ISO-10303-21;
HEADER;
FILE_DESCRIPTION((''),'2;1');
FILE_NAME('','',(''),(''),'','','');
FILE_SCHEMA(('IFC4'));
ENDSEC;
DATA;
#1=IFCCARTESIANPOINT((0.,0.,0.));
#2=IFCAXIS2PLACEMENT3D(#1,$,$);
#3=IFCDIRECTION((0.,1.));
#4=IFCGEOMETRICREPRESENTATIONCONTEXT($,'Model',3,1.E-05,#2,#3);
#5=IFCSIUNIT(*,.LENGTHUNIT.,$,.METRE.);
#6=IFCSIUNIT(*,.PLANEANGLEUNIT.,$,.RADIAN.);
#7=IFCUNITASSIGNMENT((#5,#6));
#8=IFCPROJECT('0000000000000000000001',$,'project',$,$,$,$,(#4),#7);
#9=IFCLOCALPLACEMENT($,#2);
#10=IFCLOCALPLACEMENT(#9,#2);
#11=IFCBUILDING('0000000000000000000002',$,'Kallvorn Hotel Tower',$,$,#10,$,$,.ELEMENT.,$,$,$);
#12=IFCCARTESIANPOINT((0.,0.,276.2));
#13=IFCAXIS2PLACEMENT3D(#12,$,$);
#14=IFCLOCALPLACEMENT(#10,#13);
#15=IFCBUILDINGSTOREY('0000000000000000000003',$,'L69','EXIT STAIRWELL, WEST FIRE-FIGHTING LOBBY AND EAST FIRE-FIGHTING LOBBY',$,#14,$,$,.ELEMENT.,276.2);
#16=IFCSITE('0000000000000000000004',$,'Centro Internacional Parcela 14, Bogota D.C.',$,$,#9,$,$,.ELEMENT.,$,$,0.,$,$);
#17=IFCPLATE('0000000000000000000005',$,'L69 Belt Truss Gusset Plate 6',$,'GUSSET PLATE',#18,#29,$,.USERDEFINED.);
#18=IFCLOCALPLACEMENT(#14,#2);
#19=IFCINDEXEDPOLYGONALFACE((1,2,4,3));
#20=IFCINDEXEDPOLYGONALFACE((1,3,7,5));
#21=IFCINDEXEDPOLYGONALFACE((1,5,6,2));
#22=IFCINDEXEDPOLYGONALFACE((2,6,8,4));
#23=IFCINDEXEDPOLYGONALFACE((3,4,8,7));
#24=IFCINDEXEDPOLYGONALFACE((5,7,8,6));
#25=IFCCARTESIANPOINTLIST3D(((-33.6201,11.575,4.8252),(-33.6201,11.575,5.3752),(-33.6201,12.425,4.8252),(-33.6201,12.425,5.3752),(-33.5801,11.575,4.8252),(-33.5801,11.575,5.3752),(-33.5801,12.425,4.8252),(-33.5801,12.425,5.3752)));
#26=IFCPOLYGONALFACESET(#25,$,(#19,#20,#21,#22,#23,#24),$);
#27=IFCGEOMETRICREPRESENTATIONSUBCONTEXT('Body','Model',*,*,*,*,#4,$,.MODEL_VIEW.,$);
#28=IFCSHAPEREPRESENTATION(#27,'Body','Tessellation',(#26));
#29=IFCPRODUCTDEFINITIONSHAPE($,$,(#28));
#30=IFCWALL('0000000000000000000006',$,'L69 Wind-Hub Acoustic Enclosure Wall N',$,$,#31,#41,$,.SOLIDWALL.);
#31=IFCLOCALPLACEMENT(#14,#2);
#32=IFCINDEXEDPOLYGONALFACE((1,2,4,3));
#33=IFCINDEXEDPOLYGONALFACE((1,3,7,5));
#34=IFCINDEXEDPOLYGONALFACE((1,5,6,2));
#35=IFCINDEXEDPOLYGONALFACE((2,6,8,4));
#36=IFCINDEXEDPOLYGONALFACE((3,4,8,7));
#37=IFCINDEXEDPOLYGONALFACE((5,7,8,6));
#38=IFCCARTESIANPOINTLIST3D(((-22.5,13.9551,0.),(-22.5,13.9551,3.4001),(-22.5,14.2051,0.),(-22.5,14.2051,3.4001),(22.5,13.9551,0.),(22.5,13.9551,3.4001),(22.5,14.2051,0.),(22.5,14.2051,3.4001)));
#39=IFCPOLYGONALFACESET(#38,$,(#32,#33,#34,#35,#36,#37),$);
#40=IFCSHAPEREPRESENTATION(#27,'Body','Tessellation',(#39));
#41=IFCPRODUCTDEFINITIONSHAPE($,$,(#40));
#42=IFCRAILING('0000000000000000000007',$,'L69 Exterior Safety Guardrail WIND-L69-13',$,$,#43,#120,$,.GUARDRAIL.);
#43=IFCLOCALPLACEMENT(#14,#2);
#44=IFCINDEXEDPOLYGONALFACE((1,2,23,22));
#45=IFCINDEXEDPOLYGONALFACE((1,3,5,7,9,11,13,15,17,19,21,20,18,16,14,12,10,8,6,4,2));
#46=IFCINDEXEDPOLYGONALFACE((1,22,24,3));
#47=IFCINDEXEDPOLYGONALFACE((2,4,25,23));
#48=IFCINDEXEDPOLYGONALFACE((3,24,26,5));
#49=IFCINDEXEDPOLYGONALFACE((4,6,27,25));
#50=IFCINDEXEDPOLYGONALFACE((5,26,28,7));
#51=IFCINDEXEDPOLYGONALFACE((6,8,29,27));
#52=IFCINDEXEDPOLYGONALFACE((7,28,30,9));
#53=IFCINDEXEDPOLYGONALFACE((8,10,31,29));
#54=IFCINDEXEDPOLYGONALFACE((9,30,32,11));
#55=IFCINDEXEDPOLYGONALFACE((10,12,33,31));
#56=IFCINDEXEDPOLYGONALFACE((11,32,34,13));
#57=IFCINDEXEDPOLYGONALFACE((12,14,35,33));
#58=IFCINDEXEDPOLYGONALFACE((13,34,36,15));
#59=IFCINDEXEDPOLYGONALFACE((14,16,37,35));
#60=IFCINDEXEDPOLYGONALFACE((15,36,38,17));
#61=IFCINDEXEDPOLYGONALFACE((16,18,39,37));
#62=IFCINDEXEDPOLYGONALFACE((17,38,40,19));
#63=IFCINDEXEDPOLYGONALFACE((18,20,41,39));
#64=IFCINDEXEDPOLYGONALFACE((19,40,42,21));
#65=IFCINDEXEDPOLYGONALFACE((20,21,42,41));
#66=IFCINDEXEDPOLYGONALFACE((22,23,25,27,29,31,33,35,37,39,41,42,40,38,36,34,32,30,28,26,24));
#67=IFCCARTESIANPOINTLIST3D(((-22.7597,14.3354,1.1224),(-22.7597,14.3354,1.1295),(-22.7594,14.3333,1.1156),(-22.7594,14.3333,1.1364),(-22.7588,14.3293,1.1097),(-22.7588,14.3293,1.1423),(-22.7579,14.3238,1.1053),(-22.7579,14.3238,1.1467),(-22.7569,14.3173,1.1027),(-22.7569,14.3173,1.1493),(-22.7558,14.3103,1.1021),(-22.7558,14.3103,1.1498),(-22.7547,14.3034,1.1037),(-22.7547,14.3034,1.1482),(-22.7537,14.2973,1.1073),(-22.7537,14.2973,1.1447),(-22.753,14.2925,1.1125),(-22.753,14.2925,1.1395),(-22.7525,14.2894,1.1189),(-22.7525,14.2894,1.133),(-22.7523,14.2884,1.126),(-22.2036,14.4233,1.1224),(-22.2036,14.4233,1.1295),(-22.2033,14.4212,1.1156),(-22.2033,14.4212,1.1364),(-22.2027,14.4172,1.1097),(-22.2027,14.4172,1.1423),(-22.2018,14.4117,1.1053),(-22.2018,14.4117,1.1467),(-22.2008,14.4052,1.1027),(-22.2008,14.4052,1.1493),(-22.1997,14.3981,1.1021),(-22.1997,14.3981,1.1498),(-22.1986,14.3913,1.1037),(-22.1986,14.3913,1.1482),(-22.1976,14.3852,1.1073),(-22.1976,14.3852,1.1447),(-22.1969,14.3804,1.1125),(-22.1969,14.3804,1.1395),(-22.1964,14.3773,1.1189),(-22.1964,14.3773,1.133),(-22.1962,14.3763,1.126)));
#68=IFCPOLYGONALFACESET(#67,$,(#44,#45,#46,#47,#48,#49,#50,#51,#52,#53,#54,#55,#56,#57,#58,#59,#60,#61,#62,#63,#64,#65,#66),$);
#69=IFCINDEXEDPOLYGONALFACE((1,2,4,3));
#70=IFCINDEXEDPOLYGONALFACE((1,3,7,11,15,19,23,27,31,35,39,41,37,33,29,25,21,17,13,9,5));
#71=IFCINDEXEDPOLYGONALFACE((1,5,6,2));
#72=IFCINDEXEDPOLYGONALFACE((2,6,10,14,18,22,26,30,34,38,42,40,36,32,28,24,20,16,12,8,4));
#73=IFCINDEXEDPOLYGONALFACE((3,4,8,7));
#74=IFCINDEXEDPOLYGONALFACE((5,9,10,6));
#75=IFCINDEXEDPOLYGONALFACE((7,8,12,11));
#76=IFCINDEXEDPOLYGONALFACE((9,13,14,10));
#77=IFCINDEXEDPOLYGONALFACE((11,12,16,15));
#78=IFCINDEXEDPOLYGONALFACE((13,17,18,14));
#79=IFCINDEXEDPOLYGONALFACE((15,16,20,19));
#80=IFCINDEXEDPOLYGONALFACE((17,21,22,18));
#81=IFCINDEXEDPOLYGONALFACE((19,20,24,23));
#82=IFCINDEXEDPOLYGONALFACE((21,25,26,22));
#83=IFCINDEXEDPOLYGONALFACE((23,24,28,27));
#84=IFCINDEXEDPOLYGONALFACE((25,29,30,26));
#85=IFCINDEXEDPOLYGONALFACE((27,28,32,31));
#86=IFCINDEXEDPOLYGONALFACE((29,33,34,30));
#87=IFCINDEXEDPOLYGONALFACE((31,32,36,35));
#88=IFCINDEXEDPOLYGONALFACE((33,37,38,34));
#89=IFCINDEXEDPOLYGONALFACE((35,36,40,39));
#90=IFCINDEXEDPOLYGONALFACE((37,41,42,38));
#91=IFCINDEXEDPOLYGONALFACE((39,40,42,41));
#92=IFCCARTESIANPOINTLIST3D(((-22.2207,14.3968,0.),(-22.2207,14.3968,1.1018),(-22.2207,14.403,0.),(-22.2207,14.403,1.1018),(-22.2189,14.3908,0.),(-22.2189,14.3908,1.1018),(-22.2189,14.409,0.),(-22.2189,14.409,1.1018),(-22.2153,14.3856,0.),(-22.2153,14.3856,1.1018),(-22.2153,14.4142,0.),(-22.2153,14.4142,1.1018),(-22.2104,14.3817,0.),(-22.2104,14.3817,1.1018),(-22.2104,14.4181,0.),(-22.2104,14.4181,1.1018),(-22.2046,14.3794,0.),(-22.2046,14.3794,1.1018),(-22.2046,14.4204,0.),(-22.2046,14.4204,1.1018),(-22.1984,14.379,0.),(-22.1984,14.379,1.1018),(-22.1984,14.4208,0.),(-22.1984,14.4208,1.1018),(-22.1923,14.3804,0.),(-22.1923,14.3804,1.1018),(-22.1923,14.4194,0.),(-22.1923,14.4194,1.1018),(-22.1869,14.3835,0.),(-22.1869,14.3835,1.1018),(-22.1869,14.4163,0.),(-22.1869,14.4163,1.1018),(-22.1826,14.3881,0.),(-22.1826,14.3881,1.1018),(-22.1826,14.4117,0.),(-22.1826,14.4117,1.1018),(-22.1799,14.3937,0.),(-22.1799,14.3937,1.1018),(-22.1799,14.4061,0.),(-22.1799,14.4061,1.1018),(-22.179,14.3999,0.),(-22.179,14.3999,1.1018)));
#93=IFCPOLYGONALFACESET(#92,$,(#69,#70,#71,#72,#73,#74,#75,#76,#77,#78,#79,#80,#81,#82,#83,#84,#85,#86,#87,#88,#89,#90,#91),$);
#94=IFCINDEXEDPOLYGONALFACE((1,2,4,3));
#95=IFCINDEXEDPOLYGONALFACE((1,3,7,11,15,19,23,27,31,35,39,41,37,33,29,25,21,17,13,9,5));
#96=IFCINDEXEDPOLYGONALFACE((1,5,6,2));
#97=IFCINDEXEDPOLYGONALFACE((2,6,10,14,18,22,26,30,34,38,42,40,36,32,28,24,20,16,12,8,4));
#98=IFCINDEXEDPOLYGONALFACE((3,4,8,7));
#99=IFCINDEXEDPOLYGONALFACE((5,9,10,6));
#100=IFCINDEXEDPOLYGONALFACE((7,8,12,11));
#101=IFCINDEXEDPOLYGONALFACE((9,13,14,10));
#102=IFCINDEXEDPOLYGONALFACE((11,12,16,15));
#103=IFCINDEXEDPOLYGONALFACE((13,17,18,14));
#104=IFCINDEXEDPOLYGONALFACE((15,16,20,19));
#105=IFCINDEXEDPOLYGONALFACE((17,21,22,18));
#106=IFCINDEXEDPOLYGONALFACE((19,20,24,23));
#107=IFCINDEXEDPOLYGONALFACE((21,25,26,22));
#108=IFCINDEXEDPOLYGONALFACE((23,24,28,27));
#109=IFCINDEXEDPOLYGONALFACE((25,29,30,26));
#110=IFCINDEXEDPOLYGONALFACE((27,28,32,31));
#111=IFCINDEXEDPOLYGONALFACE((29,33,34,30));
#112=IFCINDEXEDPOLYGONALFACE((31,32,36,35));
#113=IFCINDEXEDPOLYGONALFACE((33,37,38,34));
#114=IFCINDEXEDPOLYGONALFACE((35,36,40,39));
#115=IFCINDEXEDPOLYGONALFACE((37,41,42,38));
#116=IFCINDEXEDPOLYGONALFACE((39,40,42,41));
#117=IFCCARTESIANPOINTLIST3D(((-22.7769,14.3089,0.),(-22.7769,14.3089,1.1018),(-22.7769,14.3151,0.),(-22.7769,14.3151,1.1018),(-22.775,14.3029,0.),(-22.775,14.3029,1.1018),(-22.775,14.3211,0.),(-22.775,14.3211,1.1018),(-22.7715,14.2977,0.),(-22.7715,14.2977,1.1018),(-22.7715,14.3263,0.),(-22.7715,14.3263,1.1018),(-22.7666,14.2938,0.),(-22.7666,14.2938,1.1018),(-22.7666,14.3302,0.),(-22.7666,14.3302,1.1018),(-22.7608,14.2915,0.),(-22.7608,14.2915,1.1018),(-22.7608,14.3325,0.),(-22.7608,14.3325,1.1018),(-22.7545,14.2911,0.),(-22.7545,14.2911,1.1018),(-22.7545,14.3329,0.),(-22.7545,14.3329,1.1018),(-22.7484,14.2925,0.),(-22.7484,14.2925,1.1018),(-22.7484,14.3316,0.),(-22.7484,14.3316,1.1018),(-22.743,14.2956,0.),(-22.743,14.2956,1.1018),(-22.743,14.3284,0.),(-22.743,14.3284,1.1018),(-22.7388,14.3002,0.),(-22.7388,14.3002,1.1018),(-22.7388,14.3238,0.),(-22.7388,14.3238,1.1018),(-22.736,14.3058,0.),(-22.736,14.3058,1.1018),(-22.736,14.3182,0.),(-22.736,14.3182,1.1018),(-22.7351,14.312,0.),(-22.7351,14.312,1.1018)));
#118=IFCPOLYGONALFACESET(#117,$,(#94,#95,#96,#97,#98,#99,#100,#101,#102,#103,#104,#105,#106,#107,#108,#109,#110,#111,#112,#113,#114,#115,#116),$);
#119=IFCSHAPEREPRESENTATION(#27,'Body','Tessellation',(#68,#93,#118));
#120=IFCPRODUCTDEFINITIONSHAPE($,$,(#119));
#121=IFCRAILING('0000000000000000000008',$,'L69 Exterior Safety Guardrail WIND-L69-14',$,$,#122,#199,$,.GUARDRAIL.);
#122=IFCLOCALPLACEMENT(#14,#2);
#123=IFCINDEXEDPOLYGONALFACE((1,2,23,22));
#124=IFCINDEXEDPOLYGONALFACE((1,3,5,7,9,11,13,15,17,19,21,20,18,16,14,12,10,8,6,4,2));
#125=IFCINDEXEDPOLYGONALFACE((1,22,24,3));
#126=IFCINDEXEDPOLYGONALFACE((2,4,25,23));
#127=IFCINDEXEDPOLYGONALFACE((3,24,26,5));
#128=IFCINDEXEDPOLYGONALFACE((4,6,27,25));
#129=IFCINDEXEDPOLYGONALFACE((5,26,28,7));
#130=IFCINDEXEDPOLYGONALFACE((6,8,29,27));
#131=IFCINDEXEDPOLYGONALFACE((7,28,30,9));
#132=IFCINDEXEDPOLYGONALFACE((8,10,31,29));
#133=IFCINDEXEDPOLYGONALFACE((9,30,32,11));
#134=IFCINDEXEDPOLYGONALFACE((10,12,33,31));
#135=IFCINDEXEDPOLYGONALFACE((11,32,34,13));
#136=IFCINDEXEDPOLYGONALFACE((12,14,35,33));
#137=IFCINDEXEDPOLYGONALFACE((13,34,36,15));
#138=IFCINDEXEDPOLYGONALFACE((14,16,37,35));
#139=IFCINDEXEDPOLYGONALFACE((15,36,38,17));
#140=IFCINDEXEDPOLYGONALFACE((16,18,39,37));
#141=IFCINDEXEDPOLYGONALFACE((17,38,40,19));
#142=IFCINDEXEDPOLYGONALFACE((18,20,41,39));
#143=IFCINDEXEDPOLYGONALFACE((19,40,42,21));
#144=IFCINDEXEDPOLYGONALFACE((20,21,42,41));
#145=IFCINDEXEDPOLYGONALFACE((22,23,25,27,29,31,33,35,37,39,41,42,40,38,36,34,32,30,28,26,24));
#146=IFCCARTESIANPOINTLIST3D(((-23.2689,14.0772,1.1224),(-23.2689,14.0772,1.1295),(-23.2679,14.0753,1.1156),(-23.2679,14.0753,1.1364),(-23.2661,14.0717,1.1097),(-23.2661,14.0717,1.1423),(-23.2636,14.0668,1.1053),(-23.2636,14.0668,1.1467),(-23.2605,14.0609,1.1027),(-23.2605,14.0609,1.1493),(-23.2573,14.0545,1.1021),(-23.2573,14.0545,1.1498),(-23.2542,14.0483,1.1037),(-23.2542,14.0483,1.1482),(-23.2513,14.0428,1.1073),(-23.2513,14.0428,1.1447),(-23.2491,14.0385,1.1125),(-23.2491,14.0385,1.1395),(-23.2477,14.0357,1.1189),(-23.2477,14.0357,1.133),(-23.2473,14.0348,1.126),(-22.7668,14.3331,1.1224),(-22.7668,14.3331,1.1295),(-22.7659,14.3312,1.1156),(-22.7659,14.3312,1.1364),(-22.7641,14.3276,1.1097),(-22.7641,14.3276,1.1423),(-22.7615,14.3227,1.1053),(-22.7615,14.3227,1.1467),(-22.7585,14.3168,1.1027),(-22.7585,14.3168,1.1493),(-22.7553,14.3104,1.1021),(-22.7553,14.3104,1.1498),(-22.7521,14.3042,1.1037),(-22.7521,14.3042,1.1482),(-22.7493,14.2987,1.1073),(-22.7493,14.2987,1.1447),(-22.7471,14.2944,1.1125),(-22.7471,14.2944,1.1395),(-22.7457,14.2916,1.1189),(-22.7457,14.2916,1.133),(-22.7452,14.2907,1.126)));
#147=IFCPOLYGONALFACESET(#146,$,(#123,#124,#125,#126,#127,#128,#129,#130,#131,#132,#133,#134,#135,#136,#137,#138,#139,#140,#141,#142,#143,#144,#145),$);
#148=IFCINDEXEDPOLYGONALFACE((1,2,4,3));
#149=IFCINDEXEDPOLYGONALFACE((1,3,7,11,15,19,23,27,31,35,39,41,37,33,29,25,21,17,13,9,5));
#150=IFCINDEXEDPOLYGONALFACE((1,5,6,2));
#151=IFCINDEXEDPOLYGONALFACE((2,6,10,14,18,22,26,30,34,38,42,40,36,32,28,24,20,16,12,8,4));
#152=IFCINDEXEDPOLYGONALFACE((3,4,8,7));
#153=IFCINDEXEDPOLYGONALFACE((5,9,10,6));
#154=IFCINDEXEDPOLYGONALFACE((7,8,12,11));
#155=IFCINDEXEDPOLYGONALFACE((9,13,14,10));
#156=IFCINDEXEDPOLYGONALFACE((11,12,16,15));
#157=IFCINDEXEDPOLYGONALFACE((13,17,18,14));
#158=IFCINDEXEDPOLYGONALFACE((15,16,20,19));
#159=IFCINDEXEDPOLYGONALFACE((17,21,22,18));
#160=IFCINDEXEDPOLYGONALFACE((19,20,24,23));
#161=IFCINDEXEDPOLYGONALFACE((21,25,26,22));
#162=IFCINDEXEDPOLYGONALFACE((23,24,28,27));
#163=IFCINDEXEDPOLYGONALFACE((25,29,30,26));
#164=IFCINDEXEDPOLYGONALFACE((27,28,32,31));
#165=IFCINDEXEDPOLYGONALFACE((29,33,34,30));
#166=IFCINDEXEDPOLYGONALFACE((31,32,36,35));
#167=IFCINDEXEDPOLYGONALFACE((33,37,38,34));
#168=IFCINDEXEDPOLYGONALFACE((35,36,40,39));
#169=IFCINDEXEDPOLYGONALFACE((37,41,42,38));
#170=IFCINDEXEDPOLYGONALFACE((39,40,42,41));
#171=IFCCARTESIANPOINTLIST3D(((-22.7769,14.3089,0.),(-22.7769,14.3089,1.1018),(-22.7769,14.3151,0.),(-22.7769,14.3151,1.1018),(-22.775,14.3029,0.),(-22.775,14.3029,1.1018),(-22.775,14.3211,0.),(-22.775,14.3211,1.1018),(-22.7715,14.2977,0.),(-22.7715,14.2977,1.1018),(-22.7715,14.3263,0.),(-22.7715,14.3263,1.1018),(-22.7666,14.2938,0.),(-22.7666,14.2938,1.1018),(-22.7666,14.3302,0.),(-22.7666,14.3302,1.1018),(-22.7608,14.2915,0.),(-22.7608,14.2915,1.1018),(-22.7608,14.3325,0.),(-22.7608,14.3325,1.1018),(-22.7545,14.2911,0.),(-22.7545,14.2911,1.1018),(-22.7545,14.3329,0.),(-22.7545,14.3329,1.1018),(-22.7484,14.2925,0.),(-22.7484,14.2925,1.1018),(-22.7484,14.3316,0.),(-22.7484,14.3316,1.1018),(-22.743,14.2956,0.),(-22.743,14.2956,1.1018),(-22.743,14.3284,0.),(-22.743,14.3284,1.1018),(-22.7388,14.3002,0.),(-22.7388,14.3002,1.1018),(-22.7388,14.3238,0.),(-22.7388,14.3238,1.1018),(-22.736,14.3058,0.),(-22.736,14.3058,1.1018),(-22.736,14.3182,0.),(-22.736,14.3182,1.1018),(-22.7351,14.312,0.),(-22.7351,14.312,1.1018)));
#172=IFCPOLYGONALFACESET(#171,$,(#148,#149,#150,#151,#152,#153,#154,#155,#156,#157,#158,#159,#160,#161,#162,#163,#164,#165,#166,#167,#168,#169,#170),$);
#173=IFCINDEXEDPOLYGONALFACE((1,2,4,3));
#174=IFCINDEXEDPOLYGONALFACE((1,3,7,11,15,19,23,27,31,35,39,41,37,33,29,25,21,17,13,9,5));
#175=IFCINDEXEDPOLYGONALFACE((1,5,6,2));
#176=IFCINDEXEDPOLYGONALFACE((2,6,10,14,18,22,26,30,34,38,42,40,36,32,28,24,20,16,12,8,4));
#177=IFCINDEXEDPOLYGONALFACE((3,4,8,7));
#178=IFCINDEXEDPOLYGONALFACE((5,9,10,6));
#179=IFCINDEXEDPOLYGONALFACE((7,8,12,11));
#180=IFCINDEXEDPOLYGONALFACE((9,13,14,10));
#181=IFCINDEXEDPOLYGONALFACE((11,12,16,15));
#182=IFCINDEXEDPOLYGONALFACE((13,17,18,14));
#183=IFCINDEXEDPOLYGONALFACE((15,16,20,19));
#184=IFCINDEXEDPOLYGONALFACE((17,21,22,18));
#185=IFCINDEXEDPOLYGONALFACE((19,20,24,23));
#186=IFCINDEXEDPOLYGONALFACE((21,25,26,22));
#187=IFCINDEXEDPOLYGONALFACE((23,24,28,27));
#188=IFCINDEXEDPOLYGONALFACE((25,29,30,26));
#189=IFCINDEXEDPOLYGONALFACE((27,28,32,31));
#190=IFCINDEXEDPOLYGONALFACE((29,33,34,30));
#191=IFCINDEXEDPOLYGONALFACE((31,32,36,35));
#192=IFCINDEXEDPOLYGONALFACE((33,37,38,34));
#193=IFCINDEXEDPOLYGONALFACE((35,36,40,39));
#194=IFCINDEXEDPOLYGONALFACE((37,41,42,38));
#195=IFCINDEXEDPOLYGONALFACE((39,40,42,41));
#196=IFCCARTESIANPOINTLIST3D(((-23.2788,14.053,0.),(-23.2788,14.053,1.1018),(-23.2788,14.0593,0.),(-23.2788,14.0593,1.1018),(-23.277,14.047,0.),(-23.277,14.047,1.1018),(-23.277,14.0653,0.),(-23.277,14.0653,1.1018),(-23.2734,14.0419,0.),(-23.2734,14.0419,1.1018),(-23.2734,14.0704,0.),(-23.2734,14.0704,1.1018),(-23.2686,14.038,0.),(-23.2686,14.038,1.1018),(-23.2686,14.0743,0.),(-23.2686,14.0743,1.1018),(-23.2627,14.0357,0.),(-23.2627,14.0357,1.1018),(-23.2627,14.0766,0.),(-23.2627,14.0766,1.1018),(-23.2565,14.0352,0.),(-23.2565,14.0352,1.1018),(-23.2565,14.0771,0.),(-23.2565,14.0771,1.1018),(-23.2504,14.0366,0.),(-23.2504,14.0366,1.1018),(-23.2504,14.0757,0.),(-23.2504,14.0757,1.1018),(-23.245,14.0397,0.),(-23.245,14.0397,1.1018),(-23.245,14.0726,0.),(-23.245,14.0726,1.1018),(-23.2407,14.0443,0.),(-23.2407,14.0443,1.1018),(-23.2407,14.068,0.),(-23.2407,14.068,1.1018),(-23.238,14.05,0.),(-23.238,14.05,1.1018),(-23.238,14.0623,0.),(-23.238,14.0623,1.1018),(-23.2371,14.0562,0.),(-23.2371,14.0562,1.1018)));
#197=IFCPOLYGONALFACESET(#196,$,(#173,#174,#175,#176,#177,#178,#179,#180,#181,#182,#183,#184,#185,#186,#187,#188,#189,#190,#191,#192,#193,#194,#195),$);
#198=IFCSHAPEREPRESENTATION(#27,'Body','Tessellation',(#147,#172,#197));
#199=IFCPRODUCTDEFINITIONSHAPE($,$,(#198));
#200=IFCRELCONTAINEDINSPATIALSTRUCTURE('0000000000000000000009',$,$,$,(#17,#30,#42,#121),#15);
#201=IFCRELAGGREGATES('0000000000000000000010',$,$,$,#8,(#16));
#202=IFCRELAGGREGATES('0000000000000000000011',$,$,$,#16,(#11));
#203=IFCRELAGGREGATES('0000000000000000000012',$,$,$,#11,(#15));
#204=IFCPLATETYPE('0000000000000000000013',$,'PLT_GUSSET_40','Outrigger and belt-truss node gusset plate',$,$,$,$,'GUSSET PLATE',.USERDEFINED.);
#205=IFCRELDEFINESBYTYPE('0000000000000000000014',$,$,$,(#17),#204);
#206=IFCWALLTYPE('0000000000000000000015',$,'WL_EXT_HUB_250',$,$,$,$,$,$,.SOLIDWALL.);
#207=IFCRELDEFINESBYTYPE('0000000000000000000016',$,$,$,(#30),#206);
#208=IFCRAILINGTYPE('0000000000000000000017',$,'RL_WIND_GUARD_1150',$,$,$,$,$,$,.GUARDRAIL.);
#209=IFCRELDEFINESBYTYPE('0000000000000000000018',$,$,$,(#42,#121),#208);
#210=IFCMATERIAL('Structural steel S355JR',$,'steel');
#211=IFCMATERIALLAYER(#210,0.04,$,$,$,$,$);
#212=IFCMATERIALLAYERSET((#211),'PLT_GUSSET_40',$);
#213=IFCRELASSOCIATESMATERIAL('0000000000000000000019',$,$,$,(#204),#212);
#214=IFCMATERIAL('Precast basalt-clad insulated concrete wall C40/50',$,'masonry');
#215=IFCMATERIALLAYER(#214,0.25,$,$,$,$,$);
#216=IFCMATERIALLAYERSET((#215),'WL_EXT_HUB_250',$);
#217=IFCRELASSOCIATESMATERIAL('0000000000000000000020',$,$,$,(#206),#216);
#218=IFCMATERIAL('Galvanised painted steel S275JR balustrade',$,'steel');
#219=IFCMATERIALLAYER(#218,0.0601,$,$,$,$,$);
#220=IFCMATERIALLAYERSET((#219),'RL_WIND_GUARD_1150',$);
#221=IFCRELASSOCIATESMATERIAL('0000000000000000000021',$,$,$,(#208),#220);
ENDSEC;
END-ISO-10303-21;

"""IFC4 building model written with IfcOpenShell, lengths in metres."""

from ifc_helpers import new_model, si_unit, direction, frame, frame_2d, origin, origin_2d, place, context, subcontext, project, spatial, rectangle, circle, extrude, material, layer, layer_set, type_object, element, save


model = new_model("IFC4")

# Units and contexts
model_context = context("Model", 3, precision=1e-05, world=origin(), true_north=direction((0.0, 1.0)))
body_context = subcontext(model_context, "Body", "Model", "MODEL_VIEW")
ifc_project = project(units=[si_unit("LENGTHUNIT", "METRE"), si_unit("PLANEANGLEUNIT", "RADIAN")], contexts=[model_context])

# Site, building, storey
site_placement = place(None, origin())
site = spatial("IfcSite", under=ifc_project, at=site_placement, Name="Centro Internacional Parcela 14, Bogota D.C.", CompositionType="ELEMENT", RefElevation=0.0)
building_placement = place(site_placement, origin())
building = spatial("IfcBuilding", under=site, at=building_placement, Name="Kallvorn Hotel Tower", CompositionType="ELEMENT")
storey_placement = place(building_placement, frame((0.0, 0.0, 276.2)))
storey = spatial("IfcBuildingStorey", under=building, at=storey_placement, Name="L69", Description="EXIT STAIRWELL, WEST FIRE-FIGHTING LOBBY AND EAST FIRE-FIGHTING LOBBY", CompositionType="ELEMENT", Elevation=276.2)

# Plate
ifc_material_1 = material(Name="Structural steel S355JR", Category="steel")
ifc_layer_1 = layer(ifc_material_1, 0.04)
ifc_layer_set_1 = layer_set([ifc_layer_1], Name="PLT_GUSSET_40")
plate_type_1 = type_object("IfcPlateType", Name="PLT_GUSSET_40", Description="Outrigger and belt-truss node gusset plate", ElementType="GUSSET PLATE", PredefinedType="USERDEFINED", material=ifc_layer_set_1)
plate_placement = place(storey_placement, frame((-33.6001, 12.0, 4.8252), z_axis=(0.0, 0.0, 1.0), x_axis=(0.0, 1.0, 0.0)))
element("IfcPlate", 1, at=plate_placement, inside=storey, type_object=plate_type_1, Name="L69 Belt Truss Gusset Plate 6", ObjectType="GUSSET PLATE", PredefinedType="USERDEFINED", context=body_context, shape_type="SweptSolid", body=[
    extrude(rectangle(XDim=0.8501, YDim=0.04, at=origin_2d()), origin(), (0.0, 0.0, 1.0), 0.55),
])

# Wall
ifc_material_2 = material(Name="Precast basalt-clad insulated concrete wall C40/50", Category="masonry")
ifc_layer_2 = layer(ifc_material_2, 0.25)
ifc_layer_set_2 = layer_set([ifc_layer_2], Name="WL_EXT_HUB_250")
wall_type = type_object("IfcWallType", Name="WL_EXT_HUB_250", PredefinedType="SOLIDWALL", material=ifc_layer_set_2)
wall_placement = place(storey_placement, frame((-22.5, 14.0801, 0.0), z_axis=(0.0, 0.0, 1.0), x_axis=(1.0, 0.0, 0.0)))
element("IfcWall", 2, at=wall_placement, inside=storey, type_object=wall_type, Name="L69 Wind-Hub Acoustic Enclosure Wall N", PredefinedType="SOLIDWALL", context=body_context, shape_type="SweptSolid", body=[
    extrude(rectangle(XDim=45.0, YDim=0.25, at=frame_2d((22.5, 0.0))), origin(), (0.0, 0.0, 1.0), 3.4001),
])

# Railings
ifc_material_3 = material(Name="Galvanised painted steel S275JR balustrade", Category="steel")
ifc_layer_3 = layer(ifc_material_3, 0.0601)
ifc_layer_set_3 = layer_set([ifc_layer_3], Name="RL_WIND_GUARD_1150")
railing_type = type_object("IfcRailingType", Name="RL_WIND_GUARD_1150", PredefinedType="GUARDRAIL", material=ifc_layer_set_3)
railing_1_placement = place(storey_placement, frame((-22.2, 14.3999, 0.0)))
element("IfcRailing", 3, at=railing_1_placement, inside=storey, type_object=railing_type, Name="L69 Exterior Safety Guardrail WIND-L69-13", PredefinedType="GUARDRAIL", context=body_context, shape_type="SweptSolid", body=[
    extrude(circle(Radius=0.0239, at=origin_2d()), frame((0.0, 0.0, 1.126), z_axis=(-0.987742, -0.156096, 0.0), x_axis=(0.156096, -0.987742, 0.0)), (0.0, 0.0, 1.0), 0.563),
    extrude(circle(Radius=0.021, at=origin_2d()), origin(), (0.0, 0.0, 1.0), 1.1018),
    extrude(circle(Radius=0.021, at=origin_2d()), frame((-0.5562, -0.0879, 0.0)), (0.0, 0.0, 1.0), 1.1018),
])
railing_2_placement = place(storey_placement, frame((-22.7561, 14.312, 0.0)))
element("IfcRailing", 4, at=railing_2_placement, inside=storey, type_object=railing_type, Name="L69 Exterior Safety Guardrail WIND-L69-14", PredefinedType="GUARDRAIL", context=body_context, shape_type="SweptSolid", body=[
    extrude(circle(Radius=0.0239, at=origin_2d()), frame((0.0, 0.0, 1.126), z_axis=(-0.890934, -0.454133, 0.0), x_axis=(0.454133, -0.890934, 0.0)), (0.0, 0.0, 1.0), 0.5635),
    extrude(circle(Radius=0.021, at=origin_2d()), origin(), (0.0, 0.0, 1.0), 1.1018),
    extrude(circle(Radius=0.021, at=origin_2d()), frame((-0.502, -0.2559, 0.0)), (0.0, 0.0, 1.0), 1.1018),
])

save(model, "model.ifc")
